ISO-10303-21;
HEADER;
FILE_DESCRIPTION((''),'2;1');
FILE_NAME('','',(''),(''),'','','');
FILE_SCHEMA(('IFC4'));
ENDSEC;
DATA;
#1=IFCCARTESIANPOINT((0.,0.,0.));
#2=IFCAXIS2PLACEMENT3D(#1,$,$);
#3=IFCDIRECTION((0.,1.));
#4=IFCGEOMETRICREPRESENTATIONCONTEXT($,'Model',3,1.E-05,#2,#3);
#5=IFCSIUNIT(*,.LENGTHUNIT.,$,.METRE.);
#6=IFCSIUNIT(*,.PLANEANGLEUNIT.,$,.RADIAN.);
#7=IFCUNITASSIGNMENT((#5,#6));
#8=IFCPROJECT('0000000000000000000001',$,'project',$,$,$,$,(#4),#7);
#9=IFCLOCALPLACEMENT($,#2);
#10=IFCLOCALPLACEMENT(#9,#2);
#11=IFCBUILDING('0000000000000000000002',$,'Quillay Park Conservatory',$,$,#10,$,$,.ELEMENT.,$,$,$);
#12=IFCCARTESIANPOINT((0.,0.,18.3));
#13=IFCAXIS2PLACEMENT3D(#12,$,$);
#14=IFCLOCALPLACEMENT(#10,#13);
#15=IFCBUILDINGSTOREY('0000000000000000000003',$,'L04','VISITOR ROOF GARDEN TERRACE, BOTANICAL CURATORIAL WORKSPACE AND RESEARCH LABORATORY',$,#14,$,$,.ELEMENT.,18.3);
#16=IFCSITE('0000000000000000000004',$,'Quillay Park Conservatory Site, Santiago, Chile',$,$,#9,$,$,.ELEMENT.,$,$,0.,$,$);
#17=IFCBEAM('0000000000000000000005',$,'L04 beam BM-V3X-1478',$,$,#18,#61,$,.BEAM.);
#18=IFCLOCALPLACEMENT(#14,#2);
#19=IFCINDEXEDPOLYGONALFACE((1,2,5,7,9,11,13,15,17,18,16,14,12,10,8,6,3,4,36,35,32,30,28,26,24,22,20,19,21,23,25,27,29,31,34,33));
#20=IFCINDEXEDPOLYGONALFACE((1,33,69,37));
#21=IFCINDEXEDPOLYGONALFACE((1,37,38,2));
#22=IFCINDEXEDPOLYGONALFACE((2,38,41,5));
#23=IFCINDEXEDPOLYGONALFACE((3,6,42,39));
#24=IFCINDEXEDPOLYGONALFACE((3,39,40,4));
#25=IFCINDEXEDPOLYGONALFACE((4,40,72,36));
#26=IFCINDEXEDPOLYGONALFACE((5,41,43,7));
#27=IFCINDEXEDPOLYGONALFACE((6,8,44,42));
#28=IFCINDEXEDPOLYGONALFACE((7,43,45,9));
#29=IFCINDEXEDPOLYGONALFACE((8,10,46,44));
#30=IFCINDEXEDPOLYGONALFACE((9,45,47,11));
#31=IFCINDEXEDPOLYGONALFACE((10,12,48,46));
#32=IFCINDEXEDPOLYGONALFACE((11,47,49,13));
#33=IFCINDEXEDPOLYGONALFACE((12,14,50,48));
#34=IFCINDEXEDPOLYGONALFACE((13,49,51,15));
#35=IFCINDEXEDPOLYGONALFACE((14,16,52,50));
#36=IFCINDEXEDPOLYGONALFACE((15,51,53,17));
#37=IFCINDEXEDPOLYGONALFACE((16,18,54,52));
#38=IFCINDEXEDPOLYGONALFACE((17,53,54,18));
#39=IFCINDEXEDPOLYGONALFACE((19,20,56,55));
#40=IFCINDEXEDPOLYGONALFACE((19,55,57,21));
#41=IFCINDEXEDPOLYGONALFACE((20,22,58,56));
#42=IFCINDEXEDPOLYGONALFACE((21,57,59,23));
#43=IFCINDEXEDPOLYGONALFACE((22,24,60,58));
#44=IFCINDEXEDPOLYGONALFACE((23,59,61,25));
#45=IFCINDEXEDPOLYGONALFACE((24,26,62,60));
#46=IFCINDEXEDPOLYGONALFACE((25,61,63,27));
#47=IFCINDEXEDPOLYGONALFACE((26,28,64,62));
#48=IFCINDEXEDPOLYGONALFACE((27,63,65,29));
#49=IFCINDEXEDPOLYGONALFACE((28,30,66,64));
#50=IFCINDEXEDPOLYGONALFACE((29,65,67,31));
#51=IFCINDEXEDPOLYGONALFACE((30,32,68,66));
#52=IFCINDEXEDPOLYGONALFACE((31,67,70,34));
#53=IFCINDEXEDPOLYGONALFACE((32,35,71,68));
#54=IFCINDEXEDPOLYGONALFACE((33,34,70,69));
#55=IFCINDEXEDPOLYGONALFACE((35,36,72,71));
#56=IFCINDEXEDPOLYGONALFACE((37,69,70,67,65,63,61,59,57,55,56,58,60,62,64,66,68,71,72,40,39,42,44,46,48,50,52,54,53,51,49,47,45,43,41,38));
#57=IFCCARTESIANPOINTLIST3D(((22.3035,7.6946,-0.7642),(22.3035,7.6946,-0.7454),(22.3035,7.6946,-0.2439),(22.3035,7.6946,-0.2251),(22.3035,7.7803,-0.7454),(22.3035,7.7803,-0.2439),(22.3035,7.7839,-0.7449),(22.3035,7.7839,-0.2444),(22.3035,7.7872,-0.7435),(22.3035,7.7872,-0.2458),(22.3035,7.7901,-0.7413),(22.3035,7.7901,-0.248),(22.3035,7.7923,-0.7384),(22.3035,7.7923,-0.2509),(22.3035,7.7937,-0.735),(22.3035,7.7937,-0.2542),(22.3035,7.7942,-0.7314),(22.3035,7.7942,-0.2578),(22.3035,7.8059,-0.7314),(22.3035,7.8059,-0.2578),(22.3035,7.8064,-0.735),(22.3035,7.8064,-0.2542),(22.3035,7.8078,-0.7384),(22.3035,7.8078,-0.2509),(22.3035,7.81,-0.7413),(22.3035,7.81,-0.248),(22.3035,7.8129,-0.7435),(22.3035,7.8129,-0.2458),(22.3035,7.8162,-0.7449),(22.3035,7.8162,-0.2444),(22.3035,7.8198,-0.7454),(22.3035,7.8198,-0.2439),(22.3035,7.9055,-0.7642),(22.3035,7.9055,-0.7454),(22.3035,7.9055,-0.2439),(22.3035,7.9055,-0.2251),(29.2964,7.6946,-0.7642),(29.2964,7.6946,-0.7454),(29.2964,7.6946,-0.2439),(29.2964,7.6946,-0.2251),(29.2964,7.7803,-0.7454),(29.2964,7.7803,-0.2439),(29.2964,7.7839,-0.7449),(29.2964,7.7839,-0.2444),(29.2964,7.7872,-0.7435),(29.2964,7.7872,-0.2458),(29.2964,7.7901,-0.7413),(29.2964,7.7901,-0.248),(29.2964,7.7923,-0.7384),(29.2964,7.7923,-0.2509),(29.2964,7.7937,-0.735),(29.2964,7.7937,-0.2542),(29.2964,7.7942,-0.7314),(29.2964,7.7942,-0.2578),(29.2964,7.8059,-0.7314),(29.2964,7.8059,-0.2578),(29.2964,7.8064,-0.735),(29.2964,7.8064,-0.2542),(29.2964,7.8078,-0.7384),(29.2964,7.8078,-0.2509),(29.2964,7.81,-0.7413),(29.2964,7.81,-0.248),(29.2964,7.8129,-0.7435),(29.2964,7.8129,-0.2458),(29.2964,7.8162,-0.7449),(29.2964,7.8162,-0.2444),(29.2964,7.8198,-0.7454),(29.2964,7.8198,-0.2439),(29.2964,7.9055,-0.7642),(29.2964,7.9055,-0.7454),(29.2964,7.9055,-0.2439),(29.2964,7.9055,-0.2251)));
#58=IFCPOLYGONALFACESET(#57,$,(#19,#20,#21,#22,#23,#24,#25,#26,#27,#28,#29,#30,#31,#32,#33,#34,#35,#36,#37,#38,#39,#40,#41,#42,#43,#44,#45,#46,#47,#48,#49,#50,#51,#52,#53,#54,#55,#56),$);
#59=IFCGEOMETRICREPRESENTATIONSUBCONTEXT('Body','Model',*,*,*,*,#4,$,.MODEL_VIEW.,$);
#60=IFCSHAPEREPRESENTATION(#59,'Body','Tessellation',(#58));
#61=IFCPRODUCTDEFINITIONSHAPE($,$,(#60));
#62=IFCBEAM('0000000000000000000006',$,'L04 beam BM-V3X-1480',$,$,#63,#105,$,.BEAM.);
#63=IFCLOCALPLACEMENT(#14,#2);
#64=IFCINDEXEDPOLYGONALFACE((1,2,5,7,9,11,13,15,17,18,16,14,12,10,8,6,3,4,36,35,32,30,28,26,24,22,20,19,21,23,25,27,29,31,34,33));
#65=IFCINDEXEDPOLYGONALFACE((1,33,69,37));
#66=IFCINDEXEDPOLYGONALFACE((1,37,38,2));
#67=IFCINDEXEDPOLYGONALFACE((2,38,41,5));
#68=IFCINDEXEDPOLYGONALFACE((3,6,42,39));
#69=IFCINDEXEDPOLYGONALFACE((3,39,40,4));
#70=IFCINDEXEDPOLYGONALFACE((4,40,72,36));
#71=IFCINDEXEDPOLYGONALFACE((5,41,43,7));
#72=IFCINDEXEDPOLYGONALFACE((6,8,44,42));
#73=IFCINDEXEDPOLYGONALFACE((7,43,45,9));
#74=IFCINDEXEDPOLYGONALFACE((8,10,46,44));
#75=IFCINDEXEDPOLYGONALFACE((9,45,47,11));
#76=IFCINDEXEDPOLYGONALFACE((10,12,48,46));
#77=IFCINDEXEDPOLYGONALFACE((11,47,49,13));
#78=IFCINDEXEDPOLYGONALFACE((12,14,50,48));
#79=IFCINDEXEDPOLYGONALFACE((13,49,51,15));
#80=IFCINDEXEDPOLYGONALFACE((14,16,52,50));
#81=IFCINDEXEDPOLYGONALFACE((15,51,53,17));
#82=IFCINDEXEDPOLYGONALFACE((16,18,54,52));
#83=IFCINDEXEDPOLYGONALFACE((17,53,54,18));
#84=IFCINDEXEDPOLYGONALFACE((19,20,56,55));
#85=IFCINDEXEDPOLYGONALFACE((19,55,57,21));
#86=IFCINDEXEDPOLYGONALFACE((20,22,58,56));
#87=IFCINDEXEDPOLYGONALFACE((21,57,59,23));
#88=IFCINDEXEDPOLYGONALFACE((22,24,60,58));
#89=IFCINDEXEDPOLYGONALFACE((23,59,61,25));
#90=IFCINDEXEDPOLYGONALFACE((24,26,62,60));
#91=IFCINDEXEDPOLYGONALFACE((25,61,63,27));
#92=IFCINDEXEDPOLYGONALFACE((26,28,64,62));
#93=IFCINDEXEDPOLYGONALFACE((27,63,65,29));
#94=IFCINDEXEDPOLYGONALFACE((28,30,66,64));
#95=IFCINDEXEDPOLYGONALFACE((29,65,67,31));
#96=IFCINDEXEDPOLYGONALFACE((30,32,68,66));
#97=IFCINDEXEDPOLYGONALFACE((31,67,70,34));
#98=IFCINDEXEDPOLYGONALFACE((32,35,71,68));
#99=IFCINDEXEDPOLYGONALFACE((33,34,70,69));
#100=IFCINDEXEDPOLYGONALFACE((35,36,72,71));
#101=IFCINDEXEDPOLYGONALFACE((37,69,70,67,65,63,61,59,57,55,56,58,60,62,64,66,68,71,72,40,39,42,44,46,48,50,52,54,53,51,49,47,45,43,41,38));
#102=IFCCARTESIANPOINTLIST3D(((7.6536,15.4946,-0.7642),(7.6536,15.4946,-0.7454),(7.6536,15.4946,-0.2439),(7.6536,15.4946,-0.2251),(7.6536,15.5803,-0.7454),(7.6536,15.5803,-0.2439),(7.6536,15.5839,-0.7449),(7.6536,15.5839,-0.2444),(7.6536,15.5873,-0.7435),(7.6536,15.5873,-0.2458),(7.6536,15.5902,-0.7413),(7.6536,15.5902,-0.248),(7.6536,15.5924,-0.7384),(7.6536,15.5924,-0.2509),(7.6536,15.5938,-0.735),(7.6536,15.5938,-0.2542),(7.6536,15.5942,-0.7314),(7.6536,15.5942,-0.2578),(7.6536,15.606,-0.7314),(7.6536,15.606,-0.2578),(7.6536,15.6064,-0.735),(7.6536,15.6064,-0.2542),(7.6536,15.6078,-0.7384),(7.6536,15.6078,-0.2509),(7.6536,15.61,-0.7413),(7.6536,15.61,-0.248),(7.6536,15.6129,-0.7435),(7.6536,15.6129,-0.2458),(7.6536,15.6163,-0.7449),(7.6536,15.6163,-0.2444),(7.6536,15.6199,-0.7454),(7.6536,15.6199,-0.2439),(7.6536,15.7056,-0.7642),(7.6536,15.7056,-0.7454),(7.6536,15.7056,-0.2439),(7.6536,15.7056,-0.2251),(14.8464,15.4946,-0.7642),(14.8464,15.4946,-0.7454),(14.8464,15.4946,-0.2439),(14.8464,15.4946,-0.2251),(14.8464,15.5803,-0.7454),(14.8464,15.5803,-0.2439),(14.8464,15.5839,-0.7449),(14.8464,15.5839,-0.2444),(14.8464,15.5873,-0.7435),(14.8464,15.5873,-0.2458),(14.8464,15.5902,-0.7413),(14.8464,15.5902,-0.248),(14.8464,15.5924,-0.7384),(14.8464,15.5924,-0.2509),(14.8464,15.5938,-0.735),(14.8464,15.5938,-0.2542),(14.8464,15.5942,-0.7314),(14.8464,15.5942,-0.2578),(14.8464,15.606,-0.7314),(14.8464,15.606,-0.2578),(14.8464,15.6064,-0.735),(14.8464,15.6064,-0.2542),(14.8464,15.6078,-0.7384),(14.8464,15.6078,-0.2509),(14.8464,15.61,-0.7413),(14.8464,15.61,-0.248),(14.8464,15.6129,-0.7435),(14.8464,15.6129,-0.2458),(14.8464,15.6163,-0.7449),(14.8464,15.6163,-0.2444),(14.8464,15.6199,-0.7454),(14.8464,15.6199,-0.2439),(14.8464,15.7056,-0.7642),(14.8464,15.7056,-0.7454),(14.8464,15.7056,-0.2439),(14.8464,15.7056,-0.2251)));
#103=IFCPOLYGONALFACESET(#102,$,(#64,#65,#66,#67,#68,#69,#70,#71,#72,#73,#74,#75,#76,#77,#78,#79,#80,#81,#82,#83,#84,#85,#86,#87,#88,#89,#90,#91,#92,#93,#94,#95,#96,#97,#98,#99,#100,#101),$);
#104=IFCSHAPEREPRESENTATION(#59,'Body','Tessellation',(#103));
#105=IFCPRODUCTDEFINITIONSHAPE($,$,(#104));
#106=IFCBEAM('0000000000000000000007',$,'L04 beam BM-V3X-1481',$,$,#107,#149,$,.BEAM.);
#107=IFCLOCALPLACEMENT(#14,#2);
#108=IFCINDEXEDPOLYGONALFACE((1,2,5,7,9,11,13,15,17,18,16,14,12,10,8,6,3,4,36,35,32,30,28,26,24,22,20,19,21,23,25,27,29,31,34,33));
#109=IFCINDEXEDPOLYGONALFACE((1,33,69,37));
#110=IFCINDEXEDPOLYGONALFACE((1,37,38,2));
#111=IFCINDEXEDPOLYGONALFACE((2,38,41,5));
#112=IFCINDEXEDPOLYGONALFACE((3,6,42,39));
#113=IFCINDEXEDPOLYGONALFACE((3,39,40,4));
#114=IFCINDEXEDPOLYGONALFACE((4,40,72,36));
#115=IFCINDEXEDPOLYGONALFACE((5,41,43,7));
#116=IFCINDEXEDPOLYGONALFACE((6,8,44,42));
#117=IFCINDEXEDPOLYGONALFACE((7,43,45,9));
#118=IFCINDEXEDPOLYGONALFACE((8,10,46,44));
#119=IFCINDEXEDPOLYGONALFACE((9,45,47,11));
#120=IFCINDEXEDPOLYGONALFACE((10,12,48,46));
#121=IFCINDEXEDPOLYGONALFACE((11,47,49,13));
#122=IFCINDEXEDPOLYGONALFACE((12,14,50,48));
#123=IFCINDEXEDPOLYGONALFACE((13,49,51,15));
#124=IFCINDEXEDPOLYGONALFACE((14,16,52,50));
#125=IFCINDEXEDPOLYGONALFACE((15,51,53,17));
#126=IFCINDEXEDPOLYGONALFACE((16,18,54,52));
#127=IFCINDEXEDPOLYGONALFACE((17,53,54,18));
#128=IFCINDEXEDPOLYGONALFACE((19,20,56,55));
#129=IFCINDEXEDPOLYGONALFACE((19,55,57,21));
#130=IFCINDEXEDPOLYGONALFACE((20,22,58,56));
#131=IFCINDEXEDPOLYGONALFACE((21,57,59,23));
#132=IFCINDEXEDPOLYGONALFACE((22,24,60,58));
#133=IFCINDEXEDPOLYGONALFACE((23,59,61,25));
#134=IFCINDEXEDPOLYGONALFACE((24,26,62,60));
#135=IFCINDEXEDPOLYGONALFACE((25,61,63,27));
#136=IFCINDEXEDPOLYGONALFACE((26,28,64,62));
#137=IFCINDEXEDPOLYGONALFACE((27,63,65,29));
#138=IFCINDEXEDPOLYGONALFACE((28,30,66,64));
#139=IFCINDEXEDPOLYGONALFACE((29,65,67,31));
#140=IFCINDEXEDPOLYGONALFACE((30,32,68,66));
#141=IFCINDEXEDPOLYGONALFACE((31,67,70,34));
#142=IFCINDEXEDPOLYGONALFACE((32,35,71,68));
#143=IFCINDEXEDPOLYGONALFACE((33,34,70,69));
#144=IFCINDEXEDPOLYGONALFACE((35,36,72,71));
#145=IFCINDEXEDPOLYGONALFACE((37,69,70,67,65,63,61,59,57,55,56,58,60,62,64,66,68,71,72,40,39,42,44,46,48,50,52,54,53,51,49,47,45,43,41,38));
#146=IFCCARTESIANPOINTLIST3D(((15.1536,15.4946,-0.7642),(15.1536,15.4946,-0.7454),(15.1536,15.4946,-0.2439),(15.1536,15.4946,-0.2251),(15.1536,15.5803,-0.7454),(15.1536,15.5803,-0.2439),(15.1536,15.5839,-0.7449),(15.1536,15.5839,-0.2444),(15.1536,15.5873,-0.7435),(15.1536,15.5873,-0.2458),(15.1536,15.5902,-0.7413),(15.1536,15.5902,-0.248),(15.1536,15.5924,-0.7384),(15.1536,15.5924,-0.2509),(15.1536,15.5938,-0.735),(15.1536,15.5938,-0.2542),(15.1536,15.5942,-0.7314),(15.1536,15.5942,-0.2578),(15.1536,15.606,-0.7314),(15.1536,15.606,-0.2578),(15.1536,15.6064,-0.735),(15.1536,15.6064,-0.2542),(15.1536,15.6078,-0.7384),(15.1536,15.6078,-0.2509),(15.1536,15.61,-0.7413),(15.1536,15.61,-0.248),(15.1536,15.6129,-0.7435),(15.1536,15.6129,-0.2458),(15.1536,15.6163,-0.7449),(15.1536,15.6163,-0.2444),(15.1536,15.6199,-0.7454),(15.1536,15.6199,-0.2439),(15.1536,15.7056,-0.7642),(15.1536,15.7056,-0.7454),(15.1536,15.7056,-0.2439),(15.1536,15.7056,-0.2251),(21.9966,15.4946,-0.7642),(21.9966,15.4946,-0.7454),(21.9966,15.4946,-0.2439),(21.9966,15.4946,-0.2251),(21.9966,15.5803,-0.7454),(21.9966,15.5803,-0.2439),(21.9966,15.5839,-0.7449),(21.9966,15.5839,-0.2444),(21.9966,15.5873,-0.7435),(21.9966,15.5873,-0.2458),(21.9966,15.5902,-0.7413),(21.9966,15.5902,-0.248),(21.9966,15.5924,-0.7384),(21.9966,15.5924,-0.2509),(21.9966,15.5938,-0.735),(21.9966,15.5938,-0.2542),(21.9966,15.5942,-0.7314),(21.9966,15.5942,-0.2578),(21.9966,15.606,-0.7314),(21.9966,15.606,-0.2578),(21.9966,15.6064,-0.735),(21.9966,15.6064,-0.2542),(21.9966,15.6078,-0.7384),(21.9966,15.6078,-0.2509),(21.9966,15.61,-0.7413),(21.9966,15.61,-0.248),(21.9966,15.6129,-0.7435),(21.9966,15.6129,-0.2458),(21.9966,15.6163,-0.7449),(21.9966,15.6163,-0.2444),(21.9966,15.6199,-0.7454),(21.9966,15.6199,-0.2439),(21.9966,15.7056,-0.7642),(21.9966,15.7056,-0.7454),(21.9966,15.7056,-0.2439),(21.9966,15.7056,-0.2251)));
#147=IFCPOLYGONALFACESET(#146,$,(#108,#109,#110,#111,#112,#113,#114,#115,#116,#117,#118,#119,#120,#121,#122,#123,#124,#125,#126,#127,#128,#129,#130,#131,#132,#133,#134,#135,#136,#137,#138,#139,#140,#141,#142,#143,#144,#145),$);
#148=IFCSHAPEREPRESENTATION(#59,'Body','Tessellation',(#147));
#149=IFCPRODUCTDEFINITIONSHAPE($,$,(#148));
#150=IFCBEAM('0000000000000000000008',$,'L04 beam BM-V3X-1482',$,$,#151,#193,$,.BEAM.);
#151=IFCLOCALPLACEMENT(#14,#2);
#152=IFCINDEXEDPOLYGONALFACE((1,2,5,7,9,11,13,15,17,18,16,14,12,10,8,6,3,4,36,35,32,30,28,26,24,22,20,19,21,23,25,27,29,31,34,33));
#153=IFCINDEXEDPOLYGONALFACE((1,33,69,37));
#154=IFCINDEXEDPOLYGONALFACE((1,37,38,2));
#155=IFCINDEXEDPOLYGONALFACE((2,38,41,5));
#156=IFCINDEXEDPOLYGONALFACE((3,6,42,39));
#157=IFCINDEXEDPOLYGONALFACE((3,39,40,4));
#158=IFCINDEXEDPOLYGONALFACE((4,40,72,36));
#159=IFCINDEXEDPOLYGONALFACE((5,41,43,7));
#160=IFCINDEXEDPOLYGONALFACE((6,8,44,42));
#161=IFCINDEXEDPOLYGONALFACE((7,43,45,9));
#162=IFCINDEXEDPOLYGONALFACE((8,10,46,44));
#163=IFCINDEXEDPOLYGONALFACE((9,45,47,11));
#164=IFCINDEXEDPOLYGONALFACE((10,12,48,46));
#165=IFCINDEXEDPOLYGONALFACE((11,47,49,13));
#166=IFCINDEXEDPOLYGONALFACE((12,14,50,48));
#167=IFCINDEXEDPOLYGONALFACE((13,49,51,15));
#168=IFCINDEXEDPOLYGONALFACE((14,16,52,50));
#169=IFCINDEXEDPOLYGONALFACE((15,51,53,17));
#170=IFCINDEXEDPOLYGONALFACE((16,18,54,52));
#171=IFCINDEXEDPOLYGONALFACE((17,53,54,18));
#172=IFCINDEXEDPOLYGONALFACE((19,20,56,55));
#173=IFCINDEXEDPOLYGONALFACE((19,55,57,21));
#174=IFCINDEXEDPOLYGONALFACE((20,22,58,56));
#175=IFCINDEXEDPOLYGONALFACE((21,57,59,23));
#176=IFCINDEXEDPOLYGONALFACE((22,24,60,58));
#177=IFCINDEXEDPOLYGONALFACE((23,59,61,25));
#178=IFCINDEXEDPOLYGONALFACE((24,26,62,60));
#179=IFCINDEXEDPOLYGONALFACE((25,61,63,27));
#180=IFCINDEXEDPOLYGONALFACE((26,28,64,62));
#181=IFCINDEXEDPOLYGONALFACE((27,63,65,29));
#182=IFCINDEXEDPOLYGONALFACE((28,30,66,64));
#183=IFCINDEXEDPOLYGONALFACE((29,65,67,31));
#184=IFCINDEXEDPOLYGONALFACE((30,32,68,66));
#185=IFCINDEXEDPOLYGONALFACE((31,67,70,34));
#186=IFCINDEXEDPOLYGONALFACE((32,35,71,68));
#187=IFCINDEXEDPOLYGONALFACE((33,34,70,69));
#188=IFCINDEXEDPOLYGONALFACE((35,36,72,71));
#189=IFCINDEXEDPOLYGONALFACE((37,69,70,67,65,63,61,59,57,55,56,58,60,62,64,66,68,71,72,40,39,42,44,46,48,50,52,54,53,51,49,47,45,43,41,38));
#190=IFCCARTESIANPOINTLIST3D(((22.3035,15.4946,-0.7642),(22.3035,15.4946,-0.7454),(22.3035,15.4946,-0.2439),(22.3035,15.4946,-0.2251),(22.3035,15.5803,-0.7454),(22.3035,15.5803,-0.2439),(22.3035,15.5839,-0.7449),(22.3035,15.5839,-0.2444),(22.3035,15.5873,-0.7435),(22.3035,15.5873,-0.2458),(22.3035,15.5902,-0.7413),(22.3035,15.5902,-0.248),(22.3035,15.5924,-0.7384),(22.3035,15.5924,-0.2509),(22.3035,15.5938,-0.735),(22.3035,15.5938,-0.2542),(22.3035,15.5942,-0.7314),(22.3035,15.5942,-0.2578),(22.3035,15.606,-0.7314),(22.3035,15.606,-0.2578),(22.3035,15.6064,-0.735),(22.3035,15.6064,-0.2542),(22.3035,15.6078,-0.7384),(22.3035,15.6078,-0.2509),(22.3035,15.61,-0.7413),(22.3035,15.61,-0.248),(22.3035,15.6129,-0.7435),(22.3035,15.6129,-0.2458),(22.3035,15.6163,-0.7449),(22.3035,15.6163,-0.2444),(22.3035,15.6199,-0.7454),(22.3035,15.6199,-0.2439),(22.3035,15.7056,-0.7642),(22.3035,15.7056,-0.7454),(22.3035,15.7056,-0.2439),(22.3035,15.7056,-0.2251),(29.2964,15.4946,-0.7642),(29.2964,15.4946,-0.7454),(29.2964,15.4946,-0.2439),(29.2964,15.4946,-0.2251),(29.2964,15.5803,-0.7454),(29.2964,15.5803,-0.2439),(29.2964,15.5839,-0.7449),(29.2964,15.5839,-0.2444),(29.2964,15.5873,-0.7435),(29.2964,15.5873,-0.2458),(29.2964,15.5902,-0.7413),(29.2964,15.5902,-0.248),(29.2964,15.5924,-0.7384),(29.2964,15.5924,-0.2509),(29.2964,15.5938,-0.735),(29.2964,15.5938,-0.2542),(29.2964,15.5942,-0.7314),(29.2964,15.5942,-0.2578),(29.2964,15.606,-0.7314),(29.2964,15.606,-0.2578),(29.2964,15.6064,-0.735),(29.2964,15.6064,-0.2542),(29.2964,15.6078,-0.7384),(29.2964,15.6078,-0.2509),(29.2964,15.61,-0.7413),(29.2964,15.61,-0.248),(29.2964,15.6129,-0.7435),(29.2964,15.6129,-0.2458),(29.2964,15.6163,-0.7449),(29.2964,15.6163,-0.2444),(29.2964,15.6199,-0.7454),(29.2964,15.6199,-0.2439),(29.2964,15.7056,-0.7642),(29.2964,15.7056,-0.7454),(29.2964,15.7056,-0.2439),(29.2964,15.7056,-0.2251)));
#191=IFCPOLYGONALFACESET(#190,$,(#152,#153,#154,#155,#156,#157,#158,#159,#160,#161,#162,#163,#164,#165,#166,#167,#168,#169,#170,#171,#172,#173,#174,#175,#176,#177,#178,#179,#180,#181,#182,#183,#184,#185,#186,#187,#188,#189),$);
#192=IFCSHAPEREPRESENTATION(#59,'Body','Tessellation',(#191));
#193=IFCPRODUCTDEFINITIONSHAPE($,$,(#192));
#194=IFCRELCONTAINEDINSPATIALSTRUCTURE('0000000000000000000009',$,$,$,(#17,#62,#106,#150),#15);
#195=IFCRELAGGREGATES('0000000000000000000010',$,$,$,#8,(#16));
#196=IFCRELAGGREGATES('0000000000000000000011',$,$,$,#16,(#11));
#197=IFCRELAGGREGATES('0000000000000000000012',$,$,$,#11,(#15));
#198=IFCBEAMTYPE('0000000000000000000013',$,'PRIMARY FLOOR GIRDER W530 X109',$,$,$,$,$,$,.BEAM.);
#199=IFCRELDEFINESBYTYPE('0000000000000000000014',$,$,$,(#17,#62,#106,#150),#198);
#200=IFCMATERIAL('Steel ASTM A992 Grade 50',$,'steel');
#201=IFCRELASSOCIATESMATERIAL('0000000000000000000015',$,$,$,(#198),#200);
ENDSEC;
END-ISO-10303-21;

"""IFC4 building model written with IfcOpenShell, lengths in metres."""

from ifc_helpers import new_model, si_unit, direction, frame, origin, origin_2d, place, context, subcontext, project, spatial, i_section, extrude, material, material_profile, profile_set, type_object, element, save


model = new_model("IFC4")

# Units and contexts
model_context = context("Model", 3, precision=1e-05, world=origin(), true_north=direction((0.0, 1.0)))
body_context = subcontext(model_context, "Body", "Model", "MODEL_VIEW")
ifc_project = project(units=[si_unit("LENGTHUNIT", "METRE"), si_unit("PLANEANGLEUNIT", "RADIAN")], contexts=[model_context])

# Site, building, storey
site_placement = place(None, origin())
site = spatial("IfcSite", under=ifc_project, at=site_placement, Name="Quillay Park Conservatory Site, Santiago, Chile", CompositionType="ELEMENT", RefElevation=0.0)
building_placement = place(site_placement, origin())
building = spatial("IfcBuilding", under=site, at=building_placement, Name="Quillay Park Conservatory", CompositionType="ELEMENT")
storey_placement = place(building_placement, frame((0.0, 0.0, 18.3)))
storey = spatial("IfcBuildingStorey", under=building, at=storey_placement, Name="L04", Description="VISITOR ROOF GARDEN TERRACE, BOTANICAL CURATORIAL WORKSPACE AND RESEARCH LABORATORY", CompositionType="ELEMENT", Elevation=18.3)

# Beams
ifc_material_1 = material(Name="Steel ASTM A992 Grade 50", Category="steel")
ifc_material_profile_1 = material_profile(ifc_material_1, i_section(OverallWidth=0.2109, OverallDepth=0.5391, WebThickness=0.0117, FlangeThickness=0.0188, FilletRadius=0.0139, at=origin_2d()), Name="W530x109")
ifc_profile_set_1 = profile_set([ifc_material_profile_1], Name="Steel ASTM A992 Grade 50")
beam_type_1 = type_object("IfcBeamType", Name="PRIMARY FLOOR GIRDER W530 X109", PredefinedType="BEAM", material=ifc_profile_set_1)
beam_1_placement = place(storey_placement, frame((22.3035, 7.8, -0.4946), z_axis=(1.0, 0.0, 0.0), x_axis=(0.0, 1.0, 0.0)))
element("IfcBeam", 1, at=beam_1_placement, inside=storey, type_object=beam_type_1, Name="L04 beam BM-V3X-1478", PredefinedType="BEAM", context=body_context, shape_type="SweptSolid", body=[
    extrude(i_section(OverallWidth=0.2109, OverallDepth=0.5391, WebThickness=0.0117, FlangeThickness=0.0188, FilletRadius=0.0139, at=origin_2d()), origin(), (0.0, 0.0, 1.0), 6.9929),
])
beam_2_placement = place(storey_placement, frame((7.6536, 15.6001, -0.4946), z_axis=(1.0, 0.0, 0.0), x_axis=(0.0, 1.0, 0.0)))
element("IfcBeam", 2, at=beam_2_placement, inside=storey, type_object=beam_type_1, Name="L04 beam BM-V3X-1480", PredefinedType="BEAM", context=body_context, shape_type="SweptSolid", body=[
    extrude(i_section(OverallWidth=0.2109, OverallDepth=0.5391, WebThickness=0.0117, FlangeThickness=0.0188, FilletRadius=0.0139, at=origin_2d()), origin(), (0.0, 0.0, 1.0), 7.1929),
])
beam_3_placement = place(storey_placement, frame((15.1536, 15.6001, -0.4946), z_axis=(1.0, 0.0, 0.0), x_axis=(0.0, 1.0, 0.0)))
element("IfcBeam", 3, at=beam_3_placement, inside=storey, type_object=beam_type_1, Name="L04 beam BM-V3X-1481", PredefinedType="BEAM", context=body_context, shape_type="SweptSolid", body=[
    extrude(i_section(OverallWidth=0.2109, OverallDepth=0.5391, WebThickness=0.0117, FlangeThickness=0.0188, FilletRadius=0.0139, at=origin_2d()), origin(), (0.0, 0.0, 1.0), 6.843),
])
beam_4_placement = place(storey_placement, frame((22.3035, 15.6001, -0.4946), z_axis=(1.0, 0.0, 0.0), x_axis=(0.0, 1.0, 0.0)))
element("IfcBeam", 4, at=beam_4_placement, inside=storey, type_object=beam_type_1, Name="L04 beam BM-V3X-1482", PredefinedType="BEAM", context=body_context, shape_type="SweptSolid", body=[
    extrude(i_section(OverallWidth=0.2109, OverallDepth=0.5391, WebThickness=0.0117, FlangeThickness=0.0188, FilletRadius=0.0139, at=origin_2d()), origin(), (0.0, 0.0, 1.0), 6.9929),
])

save(model, "model.ifc")
